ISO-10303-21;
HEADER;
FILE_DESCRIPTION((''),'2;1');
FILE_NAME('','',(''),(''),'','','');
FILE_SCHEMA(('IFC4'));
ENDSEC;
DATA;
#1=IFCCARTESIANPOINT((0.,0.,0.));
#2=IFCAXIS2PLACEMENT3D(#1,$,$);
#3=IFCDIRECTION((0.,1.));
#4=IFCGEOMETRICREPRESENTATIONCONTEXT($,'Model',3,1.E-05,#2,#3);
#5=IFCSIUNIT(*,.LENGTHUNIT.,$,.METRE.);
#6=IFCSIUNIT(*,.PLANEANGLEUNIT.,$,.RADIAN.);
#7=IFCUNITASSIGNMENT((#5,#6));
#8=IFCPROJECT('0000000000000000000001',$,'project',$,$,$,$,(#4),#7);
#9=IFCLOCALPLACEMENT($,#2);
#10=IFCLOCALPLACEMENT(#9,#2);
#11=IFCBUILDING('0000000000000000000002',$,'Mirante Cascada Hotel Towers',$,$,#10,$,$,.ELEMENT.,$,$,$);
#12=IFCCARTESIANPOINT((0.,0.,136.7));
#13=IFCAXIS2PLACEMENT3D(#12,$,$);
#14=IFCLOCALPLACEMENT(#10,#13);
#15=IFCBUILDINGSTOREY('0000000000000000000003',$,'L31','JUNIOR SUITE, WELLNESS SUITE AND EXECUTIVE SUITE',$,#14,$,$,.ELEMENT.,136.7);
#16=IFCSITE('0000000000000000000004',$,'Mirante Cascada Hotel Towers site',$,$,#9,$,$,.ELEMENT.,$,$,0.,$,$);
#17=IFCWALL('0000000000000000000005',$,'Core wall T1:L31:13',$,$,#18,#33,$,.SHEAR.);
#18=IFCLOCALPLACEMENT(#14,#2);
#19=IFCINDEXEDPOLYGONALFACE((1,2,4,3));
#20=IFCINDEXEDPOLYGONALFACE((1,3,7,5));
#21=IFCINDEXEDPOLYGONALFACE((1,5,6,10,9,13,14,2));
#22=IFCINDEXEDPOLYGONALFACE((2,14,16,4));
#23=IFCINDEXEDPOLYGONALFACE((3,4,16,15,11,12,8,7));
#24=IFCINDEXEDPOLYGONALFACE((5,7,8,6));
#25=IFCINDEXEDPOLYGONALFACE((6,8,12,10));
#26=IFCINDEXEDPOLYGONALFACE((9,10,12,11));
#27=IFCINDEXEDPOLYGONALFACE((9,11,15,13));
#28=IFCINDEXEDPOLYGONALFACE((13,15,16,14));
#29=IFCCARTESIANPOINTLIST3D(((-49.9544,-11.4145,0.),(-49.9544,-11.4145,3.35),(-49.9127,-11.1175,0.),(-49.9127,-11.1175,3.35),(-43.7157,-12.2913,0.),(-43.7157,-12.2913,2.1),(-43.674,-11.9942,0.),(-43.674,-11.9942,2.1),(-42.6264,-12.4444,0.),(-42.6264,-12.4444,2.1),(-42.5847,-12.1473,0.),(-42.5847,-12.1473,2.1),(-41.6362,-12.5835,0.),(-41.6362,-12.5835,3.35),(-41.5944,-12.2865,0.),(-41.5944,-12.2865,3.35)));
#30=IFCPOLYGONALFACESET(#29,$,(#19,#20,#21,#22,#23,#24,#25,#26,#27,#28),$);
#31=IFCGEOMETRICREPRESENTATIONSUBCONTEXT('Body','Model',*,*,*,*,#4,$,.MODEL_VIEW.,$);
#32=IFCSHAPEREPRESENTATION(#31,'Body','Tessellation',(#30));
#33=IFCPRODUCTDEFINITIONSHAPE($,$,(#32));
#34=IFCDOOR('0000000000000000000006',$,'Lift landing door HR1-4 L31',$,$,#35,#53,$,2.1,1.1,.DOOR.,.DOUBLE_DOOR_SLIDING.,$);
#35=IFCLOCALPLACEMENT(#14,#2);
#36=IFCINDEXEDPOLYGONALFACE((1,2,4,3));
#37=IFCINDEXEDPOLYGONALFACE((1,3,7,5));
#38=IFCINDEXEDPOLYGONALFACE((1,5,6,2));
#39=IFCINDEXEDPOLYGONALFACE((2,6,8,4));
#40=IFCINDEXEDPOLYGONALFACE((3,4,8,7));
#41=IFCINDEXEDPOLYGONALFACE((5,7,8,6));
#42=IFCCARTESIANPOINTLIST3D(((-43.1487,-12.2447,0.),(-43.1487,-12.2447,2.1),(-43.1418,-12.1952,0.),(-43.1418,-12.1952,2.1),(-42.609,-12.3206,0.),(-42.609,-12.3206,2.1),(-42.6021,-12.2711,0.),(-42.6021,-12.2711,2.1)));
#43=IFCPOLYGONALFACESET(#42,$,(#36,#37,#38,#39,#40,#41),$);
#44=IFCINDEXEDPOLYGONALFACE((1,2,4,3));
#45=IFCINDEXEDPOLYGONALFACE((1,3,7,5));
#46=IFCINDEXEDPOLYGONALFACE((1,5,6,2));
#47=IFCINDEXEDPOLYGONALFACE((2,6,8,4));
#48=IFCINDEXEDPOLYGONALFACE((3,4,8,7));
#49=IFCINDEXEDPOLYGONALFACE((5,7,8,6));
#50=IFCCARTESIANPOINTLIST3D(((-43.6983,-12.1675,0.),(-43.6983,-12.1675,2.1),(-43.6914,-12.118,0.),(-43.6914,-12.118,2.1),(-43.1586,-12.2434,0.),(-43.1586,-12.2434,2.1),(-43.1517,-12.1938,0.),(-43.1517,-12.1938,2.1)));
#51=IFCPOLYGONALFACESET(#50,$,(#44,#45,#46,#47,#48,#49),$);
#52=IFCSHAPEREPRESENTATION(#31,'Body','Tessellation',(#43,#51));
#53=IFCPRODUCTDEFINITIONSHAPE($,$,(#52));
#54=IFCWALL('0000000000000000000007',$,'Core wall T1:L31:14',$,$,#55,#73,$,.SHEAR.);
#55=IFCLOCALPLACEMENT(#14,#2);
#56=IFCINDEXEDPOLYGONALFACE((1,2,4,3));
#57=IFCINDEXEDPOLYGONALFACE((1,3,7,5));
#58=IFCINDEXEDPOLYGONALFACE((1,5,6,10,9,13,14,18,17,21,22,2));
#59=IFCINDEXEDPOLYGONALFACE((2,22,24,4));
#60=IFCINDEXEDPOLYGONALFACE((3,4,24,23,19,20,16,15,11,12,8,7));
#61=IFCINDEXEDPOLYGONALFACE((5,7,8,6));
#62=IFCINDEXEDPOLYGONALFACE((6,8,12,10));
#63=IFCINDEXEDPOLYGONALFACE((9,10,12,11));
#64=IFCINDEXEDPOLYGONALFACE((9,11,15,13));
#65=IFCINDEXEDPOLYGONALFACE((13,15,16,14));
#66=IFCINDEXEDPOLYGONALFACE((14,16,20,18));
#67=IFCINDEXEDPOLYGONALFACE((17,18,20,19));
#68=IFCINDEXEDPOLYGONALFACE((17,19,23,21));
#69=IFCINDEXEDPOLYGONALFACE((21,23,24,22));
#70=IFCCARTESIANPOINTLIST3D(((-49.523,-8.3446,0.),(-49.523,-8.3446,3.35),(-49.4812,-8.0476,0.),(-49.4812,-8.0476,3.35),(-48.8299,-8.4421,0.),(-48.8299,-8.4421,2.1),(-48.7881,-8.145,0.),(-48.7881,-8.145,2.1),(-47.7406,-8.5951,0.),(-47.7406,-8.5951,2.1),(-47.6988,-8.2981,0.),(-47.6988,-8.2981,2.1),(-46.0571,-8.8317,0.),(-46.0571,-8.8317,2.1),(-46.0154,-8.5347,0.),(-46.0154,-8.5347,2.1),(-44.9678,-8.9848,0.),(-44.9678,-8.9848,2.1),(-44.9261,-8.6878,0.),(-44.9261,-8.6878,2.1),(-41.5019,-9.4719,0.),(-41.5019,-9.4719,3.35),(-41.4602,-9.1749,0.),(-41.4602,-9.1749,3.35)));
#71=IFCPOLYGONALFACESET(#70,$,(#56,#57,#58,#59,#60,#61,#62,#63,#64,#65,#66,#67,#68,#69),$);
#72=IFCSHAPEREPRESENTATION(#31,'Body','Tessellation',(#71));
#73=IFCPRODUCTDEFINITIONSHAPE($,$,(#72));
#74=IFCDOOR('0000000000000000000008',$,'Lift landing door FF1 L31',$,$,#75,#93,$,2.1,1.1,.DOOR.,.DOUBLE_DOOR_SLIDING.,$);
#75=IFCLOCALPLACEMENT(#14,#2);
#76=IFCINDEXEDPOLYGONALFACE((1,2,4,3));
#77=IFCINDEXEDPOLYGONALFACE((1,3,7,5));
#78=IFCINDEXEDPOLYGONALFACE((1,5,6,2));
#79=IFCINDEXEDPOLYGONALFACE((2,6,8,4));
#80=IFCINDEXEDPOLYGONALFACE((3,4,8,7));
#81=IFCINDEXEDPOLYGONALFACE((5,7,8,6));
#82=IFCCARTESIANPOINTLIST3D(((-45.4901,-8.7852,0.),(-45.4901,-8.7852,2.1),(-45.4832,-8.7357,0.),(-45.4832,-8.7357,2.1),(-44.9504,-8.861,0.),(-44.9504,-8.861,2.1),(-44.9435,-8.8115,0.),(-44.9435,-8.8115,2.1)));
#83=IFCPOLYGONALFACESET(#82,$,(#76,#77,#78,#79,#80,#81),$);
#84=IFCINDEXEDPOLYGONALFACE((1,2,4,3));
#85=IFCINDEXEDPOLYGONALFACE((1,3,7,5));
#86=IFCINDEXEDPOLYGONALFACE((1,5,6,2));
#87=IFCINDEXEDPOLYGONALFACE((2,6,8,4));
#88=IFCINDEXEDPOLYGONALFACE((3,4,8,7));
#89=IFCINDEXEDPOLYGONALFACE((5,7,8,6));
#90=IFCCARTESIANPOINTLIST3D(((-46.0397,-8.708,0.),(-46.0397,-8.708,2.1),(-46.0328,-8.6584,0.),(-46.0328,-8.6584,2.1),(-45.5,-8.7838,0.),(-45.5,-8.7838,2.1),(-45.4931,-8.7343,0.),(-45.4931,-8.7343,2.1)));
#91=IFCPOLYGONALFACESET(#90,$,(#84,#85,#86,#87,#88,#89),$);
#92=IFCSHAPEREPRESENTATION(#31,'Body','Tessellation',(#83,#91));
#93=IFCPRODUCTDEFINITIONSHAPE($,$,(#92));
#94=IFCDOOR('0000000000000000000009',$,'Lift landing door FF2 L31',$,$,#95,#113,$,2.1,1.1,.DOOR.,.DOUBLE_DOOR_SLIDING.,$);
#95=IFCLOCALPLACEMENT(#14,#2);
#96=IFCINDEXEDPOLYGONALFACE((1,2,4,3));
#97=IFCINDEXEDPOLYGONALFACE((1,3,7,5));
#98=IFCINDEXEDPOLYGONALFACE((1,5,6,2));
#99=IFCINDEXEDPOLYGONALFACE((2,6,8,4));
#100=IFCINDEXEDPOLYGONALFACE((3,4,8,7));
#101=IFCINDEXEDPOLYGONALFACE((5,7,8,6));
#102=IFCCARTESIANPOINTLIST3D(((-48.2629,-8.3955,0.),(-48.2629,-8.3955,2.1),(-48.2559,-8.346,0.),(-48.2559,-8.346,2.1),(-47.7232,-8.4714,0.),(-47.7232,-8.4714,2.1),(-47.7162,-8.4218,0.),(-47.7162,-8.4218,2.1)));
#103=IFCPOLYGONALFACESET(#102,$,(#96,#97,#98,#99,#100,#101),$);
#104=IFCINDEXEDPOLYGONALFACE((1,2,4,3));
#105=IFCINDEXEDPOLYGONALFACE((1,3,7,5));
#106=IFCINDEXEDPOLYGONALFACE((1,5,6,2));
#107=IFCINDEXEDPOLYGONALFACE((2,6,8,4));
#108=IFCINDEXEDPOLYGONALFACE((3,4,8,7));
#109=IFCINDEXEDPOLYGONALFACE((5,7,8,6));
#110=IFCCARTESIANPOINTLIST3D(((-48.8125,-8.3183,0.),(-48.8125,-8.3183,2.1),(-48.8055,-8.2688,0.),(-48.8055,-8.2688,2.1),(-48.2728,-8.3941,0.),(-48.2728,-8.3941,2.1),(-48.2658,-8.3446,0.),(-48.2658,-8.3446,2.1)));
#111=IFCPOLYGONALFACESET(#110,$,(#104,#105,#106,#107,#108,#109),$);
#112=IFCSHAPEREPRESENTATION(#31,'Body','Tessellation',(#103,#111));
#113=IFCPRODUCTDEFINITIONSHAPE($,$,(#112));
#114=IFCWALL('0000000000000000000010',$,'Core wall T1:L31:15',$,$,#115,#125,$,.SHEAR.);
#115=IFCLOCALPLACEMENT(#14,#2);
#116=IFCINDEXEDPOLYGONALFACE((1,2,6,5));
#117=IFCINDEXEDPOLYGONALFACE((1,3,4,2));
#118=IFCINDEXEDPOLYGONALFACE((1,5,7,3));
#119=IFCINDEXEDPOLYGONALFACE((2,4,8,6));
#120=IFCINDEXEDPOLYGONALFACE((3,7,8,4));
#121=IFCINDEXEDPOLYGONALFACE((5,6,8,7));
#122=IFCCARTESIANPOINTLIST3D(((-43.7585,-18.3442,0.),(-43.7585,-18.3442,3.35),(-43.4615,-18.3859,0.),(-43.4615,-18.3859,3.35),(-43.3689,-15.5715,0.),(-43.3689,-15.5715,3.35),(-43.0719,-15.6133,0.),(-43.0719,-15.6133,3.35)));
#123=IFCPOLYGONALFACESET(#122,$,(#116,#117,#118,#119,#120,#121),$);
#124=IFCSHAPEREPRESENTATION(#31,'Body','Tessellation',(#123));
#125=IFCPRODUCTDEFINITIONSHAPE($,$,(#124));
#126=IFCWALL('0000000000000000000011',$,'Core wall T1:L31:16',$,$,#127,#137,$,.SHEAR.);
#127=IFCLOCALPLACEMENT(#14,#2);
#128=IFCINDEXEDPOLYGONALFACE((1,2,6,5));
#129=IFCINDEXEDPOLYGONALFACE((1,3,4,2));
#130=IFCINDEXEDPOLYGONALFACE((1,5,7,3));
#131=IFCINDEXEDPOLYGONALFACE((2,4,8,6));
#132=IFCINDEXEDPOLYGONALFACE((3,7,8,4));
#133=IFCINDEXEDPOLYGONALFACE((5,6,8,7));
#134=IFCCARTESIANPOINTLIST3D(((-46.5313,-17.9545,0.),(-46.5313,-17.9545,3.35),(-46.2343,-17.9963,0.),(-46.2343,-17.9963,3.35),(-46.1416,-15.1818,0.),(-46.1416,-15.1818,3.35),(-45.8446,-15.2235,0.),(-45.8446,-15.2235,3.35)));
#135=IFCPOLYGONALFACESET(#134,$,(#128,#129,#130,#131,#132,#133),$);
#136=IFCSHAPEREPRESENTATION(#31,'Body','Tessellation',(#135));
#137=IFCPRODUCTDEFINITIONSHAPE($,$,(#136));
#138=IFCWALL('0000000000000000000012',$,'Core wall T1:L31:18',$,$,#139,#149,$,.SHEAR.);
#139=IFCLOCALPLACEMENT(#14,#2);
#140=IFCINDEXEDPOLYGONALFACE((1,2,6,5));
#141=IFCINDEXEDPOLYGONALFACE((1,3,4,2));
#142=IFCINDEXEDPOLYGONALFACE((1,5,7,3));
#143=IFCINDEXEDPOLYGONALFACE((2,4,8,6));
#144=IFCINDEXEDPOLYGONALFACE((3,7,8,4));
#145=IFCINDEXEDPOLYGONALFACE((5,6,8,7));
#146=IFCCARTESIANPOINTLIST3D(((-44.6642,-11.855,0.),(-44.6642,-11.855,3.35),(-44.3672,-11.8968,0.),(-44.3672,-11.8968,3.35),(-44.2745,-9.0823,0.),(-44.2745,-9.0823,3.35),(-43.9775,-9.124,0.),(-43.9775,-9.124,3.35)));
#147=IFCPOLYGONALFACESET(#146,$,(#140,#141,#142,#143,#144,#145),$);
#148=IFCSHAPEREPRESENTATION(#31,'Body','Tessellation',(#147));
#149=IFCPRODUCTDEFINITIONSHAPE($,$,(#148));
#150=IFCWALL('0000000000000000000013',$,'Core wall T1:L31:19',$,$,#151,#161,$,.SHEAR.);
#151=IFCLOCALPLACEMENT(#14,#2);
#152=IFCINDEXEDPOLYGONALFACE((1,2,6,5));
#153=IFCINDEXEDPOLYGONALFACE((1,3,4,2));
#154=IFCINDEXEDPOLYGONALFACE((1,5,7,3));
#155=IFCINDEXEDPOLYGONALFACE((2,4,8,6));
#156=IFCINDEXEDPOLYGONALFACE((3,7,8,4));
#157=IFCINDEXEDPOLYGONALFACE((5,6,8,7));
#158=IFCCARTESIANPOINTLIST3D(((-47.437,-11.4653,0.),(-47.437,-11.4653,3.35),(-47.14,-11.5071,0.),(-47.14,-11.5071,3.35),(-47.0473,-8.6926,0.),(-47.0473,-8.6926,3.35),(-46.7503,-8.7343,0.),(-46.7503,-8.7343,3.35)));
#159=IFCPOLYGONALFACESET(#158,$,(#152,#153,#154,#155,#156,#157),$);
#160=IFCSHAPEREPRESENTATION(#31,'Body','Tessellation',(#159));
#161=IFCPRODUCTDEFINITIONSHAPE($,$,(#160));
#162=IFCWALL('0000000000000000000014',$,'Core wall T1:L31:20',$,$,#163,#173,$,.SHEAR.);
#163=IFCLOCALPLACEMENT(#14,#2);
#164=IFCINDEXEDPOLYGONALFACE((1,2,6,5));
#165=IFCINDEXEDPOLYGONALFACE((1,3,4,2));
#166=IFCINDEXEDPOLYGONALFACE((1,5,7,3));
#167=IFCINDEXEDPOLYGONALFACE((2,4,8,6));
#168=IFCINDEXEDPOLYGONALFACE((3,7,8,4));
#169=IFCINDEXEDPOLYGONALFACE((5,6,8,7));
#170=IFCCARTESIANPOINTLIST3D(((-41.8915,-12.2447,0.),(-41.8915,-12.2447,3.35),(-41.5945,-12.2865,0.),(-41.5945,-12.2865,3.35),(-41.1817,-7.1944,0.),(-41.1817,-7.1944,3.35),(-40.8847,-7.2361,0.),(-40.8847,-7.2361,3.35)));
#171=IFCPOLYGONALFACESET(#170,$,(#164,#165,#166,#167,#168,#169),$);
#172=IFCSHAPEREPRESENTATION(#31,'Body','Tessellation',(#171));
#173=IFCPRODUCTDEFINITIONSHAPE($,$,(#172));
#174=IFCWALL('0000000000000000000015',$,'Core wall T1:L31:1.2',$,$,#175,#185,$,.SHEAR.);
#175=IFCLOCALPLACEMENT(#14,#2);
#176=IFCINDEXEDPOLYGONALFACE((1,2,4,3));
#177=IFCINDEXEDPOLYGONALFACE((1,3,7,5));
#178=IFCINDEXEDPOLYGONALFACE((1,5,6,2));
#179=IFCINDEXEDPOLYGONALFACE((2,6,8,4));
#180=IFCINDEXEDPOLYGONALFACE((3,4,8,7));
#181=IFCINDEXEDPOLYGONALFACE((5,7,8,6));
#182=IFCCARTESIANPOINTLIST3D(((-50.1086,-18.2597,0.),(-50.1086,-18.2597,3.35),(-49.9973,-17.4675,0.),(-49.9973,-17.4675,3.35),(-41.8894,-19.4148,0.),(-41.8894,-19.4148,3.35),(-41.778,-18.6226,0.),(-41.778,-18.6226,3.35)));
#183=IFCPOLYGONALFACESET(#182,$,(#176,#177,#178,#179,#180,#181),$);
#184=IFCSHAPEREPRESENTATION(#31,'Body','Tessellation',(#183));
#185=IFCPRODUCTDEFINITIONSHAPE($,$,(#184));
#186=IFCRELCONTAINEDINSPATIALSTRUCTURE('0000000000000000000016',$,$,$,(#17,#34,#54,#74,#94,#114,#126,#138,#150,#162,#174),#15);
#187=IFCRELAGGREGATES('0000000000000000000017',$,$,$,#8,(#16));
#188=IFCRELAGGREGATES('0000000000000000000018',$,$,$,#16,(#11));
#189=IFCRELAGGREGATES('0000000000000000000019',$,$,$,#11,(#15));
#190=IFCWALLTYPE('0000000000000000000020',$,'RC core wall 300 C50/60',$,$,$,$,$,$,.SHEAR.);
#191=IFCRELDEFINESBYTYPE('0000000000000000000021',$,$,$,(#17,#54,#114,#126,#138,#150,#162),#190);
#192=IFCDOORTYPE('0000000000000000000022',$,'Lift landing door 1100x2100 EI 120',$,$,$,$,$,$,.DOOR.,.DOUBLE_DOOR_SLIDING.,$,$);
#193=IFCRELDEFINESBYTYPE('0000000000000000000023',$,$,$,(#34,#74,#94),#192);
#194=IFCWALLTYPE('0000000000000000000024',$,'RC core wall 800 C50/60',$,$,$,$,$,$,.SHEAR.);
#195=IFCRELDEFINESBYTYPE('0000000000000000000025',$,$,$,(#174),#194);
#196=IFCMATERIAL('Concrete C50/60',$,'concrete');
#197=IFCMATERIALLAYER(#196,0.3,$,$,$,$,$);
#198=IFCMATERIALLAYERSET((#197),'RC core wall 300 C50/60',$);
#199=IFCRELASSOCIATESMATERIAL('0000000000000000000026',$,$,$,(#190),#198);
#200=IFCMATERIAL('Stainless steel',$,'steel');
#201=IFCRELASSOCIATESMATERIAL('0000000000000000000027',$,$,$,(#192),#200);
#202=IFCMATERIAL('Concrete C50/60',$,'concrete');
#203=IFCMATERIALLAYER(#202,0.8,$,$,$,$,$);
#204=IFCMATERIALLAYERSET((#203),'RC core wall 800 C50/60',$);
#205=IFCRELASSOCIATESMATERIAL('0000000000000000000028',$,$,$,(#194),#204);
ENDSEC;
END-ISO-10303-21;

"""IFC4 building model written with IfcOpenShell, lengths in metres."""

from ifc_helpers import new_model, si_unit, direction, frame, frame_2d, origin, place, context, subcontext, project, spatial, rectangle, extrude, material, layer, layer_set, type_object, element, fill, save


model = new_model("IFC4")

# Units and contexts
model_context = context("Model", 3, precision=1e-05, world=origin(), true_north=direction((0.0, 1.0)))
body_context = subcontext(model_context, "Body", "Model", "MODEL_VIEW")
ifc_project = project(units=[si_unit("LENGTHUNIT", "METRE"), si_unit("PLANEANGLEUNIT", "RADIAN")], contexts=[model_context])

# Site, building, storey
site_placement = place(None, origin())
site = spatial("IfcSite", under=ifc_project, at=site_placement, Name="Mirante Cascada Hotel Towers site", CompositionType="ELEMENT", RefElevation=0.0)
building_placement = place(site_placement, origin())
building = spatial("IfcBuilding", under=site, at=building_placement, Name="Mirante Cascada Hotel Towers", CompositionType="ELEMENT")
storey_placement = place(building_placement, frame((0.0, 0.0, 136.7)))
storey = spatial("IfcBuildingStorey", under=building, at=storey_placement, Name="L31", Description="JUNIOR SUITE, WELLNESS SUITE AND EXECUTIVE SUITE", CompositionType="ELEMENT", Elevation=136.7)

# Shared definitions
ifc_material_1 = material(Name="Concrete C50/60", Category="concrete")
ifc_layer_1 = layer(ifc_material_1, 0.3)
ifc_layer_set_1 = layer_set([ifc_layer_1], Name="RC core wall 300 C50/60")
wall_type_1 = type_object("IfcWallType", Name="RC core wall 300 C50/60", PredefinedType="SHEAR", material=ifc_layer_set_1)

# Shared definitions
ifc_material_2 = material(Name="Stainless steel", Category="steel")
door_type_1 = type_object("IfcDoorType", Name="Lift landing door 1100x2100 EI 120", OperationType="DOUBLE_DOOR_SLIDING", PredefinedType="DOOR", material=ifc_material_2)

# Wall, opening, door
wall_1_placement = place(storey_placement, frame((-41.6153, -12.435, 0.0), z_axis=(0.0, 0.0, 1.0), x_axis=(-0.990269, 0.139166, 0.0)))
wall_1 = element("IfcWall", 1, at=wall_1_placement, inside=storey, type_object=wall_type_1, Name="Core wall T1:L31:13", PredefinedType="SHEAR", context=body_context, shape_type="SweptSolid", body=[
    extrude(rectangle(XDim=8.4, YDim=0.3, at=frame_2d((4.2, 0.0))), origin(), (0.0, 0.0, 1.0), 3.35),
])
opening_1_placement = place(wall_1_placement, frame((1.0, 0.0, 0.0)))
opening_1 = element("IfcOpeningElement", 2, at=opening_1_placement, cuts=wall_1, PredefinedType="OPENING", context=body_context, shape_type="SweptSolid", body=[
    extrude(rectangle(XDim=1.1, YDim=2.1, at=frame_2d((0.55, 1.05))), frame((0.0, 0.15, 0.0), z_axis=(0.0, -1.0, 0.0), x_axis=(1.0, 0.0, 0.0)), (0.0, 0.0, 1.0), 0.3),
])
door_1_placement = place(opening_1_placement, origin())
door_1 = element("IfcDoor", 3, at=door_1_placement, inside=storey, type_object=door_type_1, Name="Lift landing door HR1-4 L31", OperationType="DOUBLE_DOOR_SLIDING", OverallHeight=2.1, OverallWidth=1.1, PredefinedType="DOOR", context=body_context, shape_type="SweptSolid", body=[
    extrude(rectangle(XDim=0.545, YDim=2.1, at=frame_2d((0.2725, 1.05))), frame((0.0, 0.025, 0.0), z_axis=(0.0, -1.0, 0.0), x_axis=(1.0, 0.0, 0.0)), (0.0, 0.0, 1.0), 0.05),
    extrude(rectangle(XDim=0.545, YDim=2.1, at=frame_2d((0.8275, 1.05))), frame((0.0, 0.025, 0.0), z_axis=(0.0, -1.0, 0.0), x_axis=(1.0, 0.0, 0.0)), (0.0, 0.0, 1.0), 0.05),
])
fill(opening_1, door_1)

# Wall, openings, doors
wall_2_placement = place(storey_placement, frame((-41.481, -9.3234, 0.0), z_axis=(0.0, 0.0, 1.0), x_axis=(-0.990268, 0.139174, 0.0)))
wall_2 = element("IfcWall", 4, at=wall_2_placement, inside=storey, type_object=wall_type_1, Name="Core wall T1:L31:14", PredefinedType="SHEAR", context=body_context, shape_type="SweptSolid", body=[
    extrude(rectangle(XDim=8.0999, YDim=0.3, at=frame_2d((4.05, 0.0))), origin(), (0.0, 0.0, 1.0), 3.35),
])
opening_2_placement = place(wall_2_placement, frame((3.5, 0.0, 0.0)))
opening_2 = element("IfcOpeningElement", 5, at=opening_2_placement, cuts=wall_2, PredefinedType="OPENING", context=body_context, shape_type="SweptSolid", body=[
    extrude(rectangle(XDim=1.1, YDim=2.1, at=frame_2d((0.55, 1.05))), frame((0.0, 0.15, 0.0), z_axis=(0.0, -1.0, 0.0), x_axis=(1.0, 0.0, 0.0)), (0.0, 0.0, 1.0), 0.3),
])
opening_3_placement = place(wall_2_placement, frame((6.3, 0.0, 0.0)))
opening_3 = element("IfcOpeningElement", 6, at=opening_3_placement, cuts=wall_2, PredefinedType="OPENING", context=body_context, shape_type="SweptSolid", body=[
    extrude(rectangle(XDim=1.1, YDim=2.1, at=frame_2d((0.55, 1.05))), frame((0.0, 0.15, 0.0), z_axis=(0.0, -1.0, 0.0), x_axis=(1.0, 0.0, 0.0)), (0.0, 0.0, 1.0), 0.3),
])
door_2_placement = place(opening_2_placement, origin())
door_2 = element("IfcDoor", 7, at=door_2_placement, inside=storey, type_object=door_type_1, Name="Lift landing door FF1 L31", OperationType="DOUBLE_DOOR_SLIDING", OverallHeight=2.1, OverallWidth=1.1, PredefinedType="DOOR", context=body_context, shape_type="SweptSolid", body=[
    extrude(rectangle(XDim=0.545, YDim=2.1, at=frame_2d((0.2725, 1.05))), frame((0.0, 0.025, 0.0), z_axis=(0.0, -1.0, 0.0), x_axis=(1.0, 0.0, 0.0)), (0.0, 0.0, 1.0), 0.05),
    extrude(rectangle(XDim=0.545, YDim=2.1, at=frame_2d((0.8275, 1.05))), frame((0.0, 0.025, 0.0), z_axis=(0.0, -1.0, 0.0), x_axis=(1.0, 0.0, 0.0)), (0.0, 0.0, 1.0), 0.05),
])
fill(opening_2, door_2)
door_3_placement = place(opening_3_placement, origin())
door_3 = element("IfcDoor", 8, at=door_3_placement, inside=storey, type_object=door_type_1, Name="Lift landing door FF2 L31", OperationType="DOUBLE_DOOR_SLIDING", OverallHeight=2.1, OverallWidth=1.1, PredefinedType="DOOR", context=body_context, shape_type="SweptSolid", body=[
    extrude(rectangle(XDim=0.545, YDim=2.1, at=frame_2d((0.2725, 1.05))), frame((0.0, 0.025, 0.0), z_axis=(0.0, -1.0, 0.0), x_axis=(1.0, 0.0, 0.0)), (0.0, 0.0, 1.0), 0.05),
    extrude(rectangle(XDim=0.545, YDim=2.1, at=frame_2d((0.8275, 1.05))), frame((0.0, 0.025, 0.0), z_axis=(0.0, -1.0, 0.0), x_axis=(1.0, 0.0, 0.0)), (0.0, 0.0, 1.0), 0.05),
])
fill(opening_3, door_3)

# Walls
wall_3_placement = place(storey_placement, frame((-43.61, -18.3651, 0.0), z_axis=(0.0, 0.0, 1.0), x_axis=(0.139146, 0.990272, 0.0)))
element("IfcWall", 9, at=wall_3_placement, inside=storey, type_object=wall_type_1, Name="Core wall T1:L31:15", PredefinedType="SHEAR", context=body_context, shape_type="SweptSolid", body=[
    extrude(rectangle(XDim=2.7999, YDim=0.3, at=frame_2d((1.4, 0.0))), origin(), (0.0, 0.0, 1.0), 3.35),
])
for number, where, z_axis, x_axis, name in (
    (10, (-46.3828, -17.9754, 0.0), (0.0, 0.0, 1.0), (0.139181, 0.990267, 0.0), "Core wall T1:L31:16"),
    (11, (-44.5157, -11.8759, 0.0), (0.0, 0.0, 1.0), (0.139181, 0.990267, 0.0), "Core wall T1:L31:18"),
    (12, (-47.2885, -11.4862, 0.0), (0.0, 0.0, 1.0), (0.139181, 0.990267, 0.0), "Core wall T1:L31:19"),
):
    element("IfcWall", number, at=place(storey_placement, frame(where, z_axis=z_axis, x_axis=x_axis)), inside=storey, type_object=wall_type_1, Name=name, PredefinedType="SHEAR", context=body_context, shape_type="SweptSolid", body=[
        extrude(rectangle(XDim=2.8, YDim=0.3, at=frame_2d((1.4, 0.0))), origin(), (0.0, 0.0, 1.0), 3.35),
    ])
wall_4_placement = place(storey_placement, frame((-41.743, -12.2656, 0.0), z_axis=(0.0, 0.0, 1.0), x_axis=(0.139176, 0.990268, 0.0)))
element("IfcWall", 13, at=wall_4_placement, inside=storey, type_object=wall_type_1, Name="Core wall T1:L31:20", PredefinedType="SHEAR", context=body_context, shape_type="SweptSolid", body=[
    extrude(rectangle(XDim=5.1, YDim=0.3, at=frame_2d((2.55, 0.0))), origin(), (0.0, 0.0, 1.0), 3.35),
])
ifc_material_3 = material(Name="Concrete C50/60", Category="concrete")
ifc_layer_2 = layer(ifc_material_3, 0.8)
ifc_layer_set_2 = layer_set([ifc_layer_2], Name="RC core wall 800 C50/60")
wall_type_2 = type_object("IfcWallType", Name="RC core wall 800 C50/60", PredefinedType="SHEAR", material=ifc_layer_set_2)
wall_5_placement = place(storey_placement, frame((-41.8337, -19.0187, 0.0), z_axis=(0.0, 0.0, 1.0), x_axis=(-0.990269, 0.139169, 0.0)))
element("IfcWall", 14, at=wall_5_placement, inside=storey, type_object=wall_type_2, Name="Core wall T1:L31:1.2", PredefinedType="SHEAR", context=body_context, shape_type="SweptSolid", body=[
    extrude(rectangle(XDim=8.3, YDim=0.8, at=frame_2d((4.15, 0.0))), origin(), (0.0, 0.0, 1.0), 3.35),
])

save(model, "model.ifc")
